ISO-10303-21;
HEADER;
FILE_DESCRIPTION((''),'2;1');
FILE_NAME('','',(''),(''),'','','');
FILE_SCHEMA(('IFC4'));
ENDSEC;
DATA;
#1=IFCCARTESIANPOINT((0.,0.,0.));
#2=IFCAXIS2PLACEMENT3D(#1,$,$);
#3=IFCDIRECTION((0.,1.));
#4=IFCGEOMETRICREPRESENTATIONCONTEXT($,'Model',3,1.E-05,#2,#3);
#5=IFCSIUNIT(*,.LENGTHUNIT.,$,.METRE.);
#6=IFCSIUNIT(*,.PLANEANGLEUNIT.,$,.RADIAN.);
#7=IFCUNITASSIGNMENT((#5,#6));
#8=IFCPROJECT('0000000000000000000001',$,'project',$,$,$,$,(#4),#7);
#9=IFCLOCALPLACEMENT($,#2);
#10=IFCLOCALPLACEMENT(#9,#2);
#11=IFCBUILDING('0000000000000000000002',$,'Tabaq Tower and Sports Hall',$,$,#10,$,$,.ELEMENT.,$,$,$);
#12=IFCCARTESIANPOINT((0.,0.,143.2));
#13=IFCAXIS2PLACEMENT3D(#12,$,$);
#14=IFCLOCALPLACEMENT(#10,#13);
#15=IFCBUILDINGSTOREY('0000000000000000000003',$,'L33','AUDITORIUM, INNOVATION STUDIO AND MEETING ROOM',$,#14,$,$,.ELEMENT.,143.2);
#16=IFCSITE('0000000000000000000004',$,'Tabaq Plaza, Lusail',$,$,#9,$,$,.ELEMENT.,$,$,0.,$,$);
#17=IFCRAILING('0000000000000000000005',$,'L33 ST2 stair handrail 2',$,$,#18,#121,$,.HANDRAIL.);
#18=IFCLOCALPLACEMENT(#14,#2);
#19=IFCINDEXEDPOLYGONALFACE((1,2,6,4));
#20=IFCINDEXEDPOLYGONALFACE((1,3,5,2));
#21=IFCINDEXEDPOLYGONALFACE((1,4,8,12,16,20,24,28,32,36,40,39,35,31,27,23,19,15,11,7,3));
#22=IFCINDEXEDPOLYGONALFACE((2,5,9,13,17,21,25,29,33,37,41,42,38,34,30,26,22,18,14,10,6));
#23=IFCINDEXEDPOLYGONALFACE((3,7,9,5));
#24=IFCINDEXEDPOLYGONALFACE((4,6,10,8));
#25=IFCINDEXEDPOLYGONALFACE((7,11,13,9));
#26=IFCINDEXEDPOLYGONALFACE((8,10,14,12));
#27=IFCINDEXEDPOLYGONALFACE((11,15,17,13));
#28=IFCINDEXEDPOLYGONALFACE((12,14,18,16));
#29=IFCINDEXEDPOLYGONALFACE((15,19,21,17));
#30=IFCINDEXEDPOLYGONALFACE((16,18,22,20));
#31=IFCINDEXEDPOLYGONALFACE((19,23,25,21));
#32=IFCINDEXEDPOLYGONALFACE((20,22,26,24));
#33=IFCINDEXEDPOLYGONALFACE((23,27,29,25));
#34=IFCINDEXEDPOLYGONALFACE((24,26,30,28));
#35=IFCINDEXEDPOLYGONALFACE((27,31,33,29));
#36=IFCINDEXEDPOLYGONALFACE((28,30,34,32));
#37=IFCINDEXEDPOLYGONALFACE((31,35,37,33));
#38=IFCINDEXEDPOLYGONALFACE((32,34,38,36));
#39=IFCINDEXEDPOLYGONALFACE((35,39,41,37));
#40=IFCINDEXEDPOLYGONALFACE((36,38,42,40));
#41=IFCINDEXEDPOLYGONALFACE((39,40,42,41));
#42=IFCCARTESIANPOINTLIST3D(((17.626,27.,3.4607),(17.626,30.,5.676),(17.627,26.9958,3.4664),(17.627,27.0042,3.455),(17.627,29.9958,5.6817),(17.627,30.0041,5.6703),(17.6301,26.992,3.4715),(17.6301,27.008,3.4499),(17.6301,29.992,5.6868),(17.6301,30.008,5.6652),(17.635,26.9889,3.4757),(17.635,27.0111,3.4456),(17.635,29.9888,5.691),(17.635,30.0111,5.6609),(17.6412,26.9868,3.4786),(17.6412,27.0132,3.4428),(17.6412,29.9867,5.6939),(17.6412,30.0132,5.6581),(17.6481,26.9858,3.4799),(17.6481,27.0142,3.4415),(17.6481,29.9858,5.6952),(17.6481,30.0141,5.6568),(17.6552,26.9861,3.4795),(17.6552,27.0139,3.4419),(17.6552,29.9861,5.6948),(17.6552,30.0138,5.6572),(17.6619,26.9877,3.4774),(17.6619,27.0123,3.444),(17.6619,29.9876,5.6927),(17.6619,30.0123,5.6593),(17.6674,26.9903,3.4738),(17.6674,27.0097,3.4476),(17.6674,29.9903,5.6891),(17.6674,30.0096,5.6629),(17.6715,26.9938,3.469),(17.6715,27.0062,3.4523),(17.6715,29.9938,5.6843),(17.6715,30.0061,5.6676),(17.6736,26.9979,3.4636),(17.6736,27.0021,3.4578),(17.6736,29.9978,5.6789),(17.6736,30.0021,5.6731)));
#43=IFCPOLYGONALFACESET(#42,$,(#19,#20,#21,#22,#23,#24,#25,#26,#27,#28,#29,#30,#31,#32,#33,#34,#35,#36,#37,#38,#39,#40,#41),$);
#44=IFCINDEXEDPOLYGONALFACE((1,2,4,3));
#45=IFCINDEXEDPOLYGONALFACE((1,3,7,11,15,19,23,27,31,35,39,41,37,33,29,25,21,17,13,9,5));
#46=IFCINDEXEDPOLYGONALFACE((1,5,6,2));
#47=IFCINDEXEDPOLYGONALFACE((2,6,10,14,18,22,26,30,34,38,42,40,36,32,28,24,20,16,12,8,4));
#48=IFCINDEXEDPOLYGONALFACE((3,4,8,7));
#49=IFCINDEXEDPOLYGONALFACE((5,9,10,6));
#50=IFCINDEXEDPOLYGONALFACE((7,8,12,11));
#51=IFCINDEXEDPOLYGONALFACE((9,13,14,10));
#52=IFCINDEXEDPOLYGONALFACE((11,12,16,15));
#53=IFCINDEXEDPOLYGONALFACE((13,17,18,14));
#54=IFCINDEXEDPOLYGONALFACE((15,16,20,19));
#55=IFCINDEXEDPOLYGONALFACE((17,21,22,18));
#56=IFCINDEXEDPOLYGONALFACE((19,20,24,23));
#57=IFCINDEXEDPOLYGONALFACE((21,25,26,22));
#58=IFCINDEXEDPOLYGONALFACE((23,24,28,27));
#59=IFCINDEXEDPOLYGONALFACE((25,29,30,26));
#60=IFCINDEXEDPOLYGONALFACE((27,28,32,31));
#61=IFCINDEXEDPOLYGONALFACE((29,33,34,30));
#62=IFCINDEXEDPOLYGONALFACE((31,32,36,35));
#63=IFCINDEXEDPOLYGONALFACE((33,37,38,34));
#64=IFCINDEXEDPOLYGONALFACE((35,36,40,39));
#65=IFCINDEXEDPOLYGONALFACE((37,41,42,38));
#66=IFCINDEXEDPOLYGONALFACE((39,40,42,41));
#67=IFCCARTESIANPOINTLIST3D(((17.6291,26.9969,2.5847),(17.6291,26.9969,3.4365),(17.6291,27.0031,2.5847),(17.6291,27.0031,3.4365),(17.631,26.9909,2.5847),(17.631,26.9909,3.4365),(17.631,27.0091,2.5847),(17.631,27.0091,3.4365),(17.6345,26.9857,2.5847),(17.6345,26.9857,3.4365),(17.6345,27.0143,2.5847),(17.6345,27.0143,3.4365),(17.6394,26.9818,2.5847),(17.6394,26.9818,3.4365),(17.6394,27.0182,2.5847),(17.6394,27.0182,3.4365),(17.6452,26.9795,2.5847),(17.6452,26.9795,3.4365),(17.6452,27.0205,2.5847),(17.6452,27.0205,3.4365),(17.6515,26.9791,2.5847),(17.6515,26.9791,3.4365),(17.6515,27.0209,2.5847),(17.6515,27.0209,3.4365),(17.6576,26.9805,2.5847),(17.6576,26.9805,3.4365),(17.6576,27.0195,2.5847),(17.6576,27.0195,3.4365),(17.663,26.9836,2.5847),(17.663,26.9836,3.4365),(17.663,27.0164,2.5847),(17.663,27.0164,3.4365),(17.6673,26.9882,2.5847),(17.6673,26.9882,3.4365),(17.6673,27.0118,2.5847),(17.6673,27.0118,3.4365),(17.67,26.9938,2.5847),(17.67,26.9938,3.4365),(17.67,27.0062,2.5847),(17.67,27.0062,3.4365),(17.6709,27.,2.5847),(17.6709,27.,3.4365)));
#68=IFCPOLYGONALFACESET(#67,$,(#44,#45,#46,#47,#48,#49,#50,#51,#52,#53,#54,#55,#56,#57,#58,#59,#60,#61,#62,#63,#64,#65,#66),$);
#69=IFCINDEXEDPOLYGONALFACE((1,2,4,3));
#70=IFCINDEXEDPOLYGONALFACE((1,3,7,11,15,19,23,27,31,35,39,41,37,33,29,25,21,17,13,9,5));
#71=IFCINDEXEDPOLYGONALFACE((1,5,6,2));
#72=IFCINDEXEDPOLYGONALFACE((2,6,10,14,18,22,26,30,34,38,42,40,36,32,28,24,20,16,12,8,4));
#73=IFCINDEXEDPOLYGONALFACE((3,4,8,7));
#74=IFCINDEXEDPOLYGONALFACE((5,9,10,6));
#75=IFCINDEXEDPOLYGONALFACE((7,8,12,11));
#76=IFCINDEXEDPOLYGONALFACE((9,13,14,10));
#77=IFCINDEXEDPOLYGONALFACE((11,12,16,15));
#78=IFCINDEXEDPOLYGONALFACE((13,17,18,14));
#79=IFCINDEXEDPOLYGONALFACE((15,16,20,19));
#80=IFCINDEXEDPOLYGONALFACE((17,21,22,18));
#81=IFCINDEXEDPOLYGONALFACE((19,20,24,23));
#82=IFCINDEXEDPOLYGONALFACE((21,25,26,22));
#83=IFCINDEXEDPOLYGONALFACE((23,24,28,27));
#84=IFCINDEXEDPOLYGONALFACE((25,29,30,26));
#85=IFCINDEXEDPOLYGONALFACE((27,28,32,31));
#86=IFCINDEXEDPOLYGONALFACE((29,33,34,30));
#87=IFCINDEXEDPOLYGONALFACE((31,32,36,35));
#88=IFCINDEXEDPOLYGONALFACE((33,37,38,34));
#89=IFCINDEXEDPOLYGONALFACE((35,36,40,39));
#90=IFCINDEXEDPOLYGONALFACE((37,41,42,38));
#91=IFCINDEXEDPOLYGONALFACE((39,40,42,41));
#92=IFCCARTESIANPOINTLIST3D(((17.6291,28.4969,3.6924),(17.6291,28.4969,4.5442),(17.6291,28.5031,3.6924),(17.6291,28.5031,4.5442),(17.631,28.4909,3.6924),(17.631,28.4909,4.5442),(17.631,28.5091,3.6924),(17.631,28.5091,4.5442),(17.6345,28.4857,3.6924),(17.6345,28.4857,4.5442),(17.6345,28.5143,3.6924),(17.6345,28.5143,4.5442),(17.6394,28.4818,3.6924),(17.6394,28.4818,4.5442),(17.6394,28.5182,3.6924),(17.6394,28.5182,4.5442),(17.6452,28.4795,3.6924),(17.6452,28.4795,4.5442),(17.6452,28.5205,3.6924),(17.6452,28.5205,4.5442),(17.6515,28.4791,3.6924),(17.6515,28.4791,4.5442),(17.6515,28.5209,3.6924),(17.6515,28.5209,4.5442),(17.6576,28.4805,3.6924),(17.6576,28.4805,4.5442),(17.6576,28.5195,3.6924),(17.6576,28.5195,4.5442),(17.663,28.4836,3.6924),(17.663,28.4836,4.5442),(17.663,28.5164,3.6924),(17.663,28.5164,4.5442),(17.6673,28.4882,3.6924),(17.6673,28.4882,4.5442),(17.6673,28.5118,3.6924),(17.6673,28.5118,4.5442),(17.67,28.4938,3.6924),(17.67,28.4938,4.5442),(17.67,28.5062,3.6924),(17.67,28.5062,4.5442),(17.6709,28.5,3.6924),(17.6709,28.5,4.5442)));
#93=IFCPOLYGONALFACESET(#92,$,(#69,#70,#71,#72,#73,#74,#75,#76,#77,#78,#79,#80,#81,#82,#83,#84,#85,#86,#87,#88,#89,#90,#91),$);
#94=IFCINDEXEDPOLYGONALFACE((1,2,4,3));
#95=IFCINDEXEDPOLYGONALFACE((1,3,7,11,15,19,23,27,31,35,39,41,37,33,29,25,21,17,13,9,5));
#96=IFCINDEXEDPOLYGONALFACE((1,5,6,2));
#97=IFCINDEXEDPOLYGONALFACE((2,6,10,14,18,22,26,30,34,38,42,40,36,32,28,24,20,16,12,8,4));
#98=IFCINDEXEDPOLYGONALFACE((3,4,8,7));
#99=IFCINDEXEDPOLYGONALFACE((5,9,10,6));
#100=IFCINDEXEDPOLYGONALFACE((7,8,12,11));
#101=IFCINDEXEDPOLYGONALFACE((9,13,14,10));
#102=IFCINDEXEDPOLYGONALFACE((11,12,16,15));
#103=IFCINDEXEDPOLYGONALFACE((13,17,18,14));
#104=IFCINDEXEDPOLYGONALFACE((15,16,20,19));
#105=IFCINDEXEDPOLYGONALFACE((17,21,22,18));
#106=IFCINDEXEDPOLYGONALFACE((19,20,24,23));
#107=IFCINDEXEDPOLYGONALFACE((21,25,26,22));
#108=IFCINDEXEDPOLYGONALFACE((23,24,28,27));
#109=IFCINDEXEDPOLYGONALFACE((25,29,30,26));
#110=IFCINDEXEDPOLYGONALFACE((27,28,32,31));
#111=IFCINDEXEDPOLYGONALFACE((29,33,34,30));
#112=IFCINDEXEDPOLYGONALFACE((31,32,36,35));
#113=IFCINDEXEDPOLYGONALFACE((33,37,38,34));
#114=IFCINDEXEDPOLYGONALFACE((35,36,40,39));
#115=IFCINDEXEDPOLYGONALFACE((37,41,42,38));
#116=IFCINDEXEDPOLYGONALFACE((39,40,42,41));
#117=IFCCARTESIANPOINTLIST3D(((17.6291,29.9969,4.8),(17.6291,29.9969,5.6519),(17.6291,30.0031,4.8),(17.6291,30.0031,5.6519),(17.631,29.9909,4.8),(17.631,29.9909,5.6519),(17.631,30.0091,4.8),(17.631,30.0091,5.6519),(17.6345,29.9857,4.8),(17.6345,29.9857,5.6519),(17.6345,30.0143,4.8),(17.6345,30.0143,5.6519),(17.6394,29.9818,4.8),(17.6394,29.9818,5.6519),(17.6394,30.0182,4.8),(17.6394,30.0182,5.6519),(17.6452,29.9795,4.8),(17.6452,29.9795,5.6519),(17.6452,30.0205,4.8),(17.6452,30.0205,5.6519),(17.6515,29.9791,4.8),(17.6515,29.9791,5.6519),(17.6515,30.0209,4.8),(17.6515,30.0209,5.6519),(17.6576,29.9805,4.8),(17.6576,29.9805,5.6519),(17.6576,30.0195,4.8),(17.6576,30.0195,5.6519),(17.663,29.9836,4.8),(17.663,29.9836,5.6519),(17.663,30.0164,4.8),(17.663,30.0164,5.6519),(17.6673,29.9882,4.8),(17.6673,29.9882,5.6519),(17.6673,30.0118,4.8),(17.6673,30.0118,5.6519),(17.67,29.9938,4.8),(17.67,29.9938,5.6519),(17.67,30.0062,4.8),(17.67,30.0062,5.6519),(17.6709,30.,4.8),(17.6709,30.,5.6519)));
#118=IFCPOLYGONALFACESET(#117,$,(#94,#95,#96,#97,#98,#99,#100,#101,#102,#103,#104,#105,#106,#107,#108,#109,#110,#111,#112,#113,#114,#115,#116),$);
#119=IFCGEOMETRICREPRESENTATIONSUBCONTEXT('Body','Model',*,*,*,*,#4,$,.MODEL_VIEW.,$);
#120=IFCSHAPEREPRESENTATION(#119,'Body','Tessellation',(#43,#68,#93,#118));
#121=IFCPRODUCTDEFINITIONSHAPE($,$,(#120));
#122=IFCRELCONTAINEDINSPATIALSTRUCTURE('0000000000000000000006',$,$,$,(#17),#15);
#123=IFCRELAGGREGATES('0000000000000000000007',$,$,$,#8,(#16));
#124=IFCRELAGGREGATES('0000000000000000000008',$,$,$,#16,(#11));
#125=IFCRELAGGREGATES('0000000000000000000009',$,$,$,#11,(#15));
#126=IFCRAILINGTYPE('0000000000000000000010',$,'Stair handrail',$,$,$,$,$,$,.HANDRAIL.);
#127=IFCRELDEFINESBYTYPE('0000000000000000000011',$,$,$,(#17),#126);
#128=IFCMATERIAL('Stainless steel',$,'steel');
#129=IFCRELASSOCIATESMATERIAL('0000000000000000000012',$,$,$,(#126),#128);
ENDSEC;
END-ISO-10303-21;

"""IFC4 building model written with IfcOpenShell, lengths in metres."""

from ifc_helpers import new_model, si_unit, direction, frame, origin, origin_2d, place, context, subcontext, project, spatial, circle, extrude, material, type_object, element, save


model = new_model("IFC4")

# Units and contexts
model_context = context("Model", 3, precision=1e-05, world=origin(), true_north=direction((0.0, 1.0)))
body_context = subcontext(model_context, "Body", "Model", "MODEL_VIEW")
ifc_project = project(units=[si_unit("LENGTHUNIT", "METRE"), si_unit("PLANEANGLEUNIT", "RADIAN")], contexts=[model_context])

# Site, building, storey
site_placement = place(None, origin())
site = spatial("IfcSite", under=ifc_project, at=site_placement, Name="Tabaq Plaza, Lusail", CompositionType="ELEMENT", RefElevation=0.0)
building_placement = place(site_placement, origin())
building = spatial("IfcBuilding", under=site, at=building_placement, Name="Tabaq Tower and Sports Hall", CompositionType="ELEMENT")
storey_placement = place(building_placement, frame((0.0, 0.0, 143.2)))
storey = spatial("IfcBuildingStorey", under=building, at=storey_placement, Name="L33", Description="AUDITORIUM, INNOVATION STUDIO AND MEETING ROOM", CompositionType="ELEMENT", Elevation=143.2)

# Railing
ifc_material_1 = material(Name="Stainless steel", Category="steel")
railing_type_1 = type_object("IfcRailingType", Name="Stair handrail", PredefinedType="HANDRAIL", material=ifc_material_1)
railing_1_placement = place(storey_placement, frame((17.6499, 27.0, 2.5847)))
element("IfcRailing", 1, at=railing_1_placement, inside=storey, type_object=railing_type_1, Name="L33 ST2 stair handrail 2", PredefinedType="HANDRAIL", context=body_context, shape_type="SweptSolid", body=[
    extrude(circle(Radius=0.0239, at=origin_2d()), frame((0.0, 0.0, 0.876), z_axis=(0.0, 0.80444, 0.594034), x_axis=(-1.0, 0.0, 0.0)), (0.0, 0.0, 1.0), 3.7292),
    extrude(circle(Radius=0.021, at=origin_2d()), origin(), (0.0, 0.0, 1.0), 0.8518),
    extrude(circle(Radius=0.021, at=origin_2d()), frame((0.0, 1.5, 1.1077)), (0.0, 0.0, 1.0), 0.8518),
    extrude(circle(Radius=0.021, at=origin_2d()), frame((0.0, 3.0, 2.2153)), (0.0, 0.0, 1.0), 0.8518),
])

save(model, "model.ifc")
